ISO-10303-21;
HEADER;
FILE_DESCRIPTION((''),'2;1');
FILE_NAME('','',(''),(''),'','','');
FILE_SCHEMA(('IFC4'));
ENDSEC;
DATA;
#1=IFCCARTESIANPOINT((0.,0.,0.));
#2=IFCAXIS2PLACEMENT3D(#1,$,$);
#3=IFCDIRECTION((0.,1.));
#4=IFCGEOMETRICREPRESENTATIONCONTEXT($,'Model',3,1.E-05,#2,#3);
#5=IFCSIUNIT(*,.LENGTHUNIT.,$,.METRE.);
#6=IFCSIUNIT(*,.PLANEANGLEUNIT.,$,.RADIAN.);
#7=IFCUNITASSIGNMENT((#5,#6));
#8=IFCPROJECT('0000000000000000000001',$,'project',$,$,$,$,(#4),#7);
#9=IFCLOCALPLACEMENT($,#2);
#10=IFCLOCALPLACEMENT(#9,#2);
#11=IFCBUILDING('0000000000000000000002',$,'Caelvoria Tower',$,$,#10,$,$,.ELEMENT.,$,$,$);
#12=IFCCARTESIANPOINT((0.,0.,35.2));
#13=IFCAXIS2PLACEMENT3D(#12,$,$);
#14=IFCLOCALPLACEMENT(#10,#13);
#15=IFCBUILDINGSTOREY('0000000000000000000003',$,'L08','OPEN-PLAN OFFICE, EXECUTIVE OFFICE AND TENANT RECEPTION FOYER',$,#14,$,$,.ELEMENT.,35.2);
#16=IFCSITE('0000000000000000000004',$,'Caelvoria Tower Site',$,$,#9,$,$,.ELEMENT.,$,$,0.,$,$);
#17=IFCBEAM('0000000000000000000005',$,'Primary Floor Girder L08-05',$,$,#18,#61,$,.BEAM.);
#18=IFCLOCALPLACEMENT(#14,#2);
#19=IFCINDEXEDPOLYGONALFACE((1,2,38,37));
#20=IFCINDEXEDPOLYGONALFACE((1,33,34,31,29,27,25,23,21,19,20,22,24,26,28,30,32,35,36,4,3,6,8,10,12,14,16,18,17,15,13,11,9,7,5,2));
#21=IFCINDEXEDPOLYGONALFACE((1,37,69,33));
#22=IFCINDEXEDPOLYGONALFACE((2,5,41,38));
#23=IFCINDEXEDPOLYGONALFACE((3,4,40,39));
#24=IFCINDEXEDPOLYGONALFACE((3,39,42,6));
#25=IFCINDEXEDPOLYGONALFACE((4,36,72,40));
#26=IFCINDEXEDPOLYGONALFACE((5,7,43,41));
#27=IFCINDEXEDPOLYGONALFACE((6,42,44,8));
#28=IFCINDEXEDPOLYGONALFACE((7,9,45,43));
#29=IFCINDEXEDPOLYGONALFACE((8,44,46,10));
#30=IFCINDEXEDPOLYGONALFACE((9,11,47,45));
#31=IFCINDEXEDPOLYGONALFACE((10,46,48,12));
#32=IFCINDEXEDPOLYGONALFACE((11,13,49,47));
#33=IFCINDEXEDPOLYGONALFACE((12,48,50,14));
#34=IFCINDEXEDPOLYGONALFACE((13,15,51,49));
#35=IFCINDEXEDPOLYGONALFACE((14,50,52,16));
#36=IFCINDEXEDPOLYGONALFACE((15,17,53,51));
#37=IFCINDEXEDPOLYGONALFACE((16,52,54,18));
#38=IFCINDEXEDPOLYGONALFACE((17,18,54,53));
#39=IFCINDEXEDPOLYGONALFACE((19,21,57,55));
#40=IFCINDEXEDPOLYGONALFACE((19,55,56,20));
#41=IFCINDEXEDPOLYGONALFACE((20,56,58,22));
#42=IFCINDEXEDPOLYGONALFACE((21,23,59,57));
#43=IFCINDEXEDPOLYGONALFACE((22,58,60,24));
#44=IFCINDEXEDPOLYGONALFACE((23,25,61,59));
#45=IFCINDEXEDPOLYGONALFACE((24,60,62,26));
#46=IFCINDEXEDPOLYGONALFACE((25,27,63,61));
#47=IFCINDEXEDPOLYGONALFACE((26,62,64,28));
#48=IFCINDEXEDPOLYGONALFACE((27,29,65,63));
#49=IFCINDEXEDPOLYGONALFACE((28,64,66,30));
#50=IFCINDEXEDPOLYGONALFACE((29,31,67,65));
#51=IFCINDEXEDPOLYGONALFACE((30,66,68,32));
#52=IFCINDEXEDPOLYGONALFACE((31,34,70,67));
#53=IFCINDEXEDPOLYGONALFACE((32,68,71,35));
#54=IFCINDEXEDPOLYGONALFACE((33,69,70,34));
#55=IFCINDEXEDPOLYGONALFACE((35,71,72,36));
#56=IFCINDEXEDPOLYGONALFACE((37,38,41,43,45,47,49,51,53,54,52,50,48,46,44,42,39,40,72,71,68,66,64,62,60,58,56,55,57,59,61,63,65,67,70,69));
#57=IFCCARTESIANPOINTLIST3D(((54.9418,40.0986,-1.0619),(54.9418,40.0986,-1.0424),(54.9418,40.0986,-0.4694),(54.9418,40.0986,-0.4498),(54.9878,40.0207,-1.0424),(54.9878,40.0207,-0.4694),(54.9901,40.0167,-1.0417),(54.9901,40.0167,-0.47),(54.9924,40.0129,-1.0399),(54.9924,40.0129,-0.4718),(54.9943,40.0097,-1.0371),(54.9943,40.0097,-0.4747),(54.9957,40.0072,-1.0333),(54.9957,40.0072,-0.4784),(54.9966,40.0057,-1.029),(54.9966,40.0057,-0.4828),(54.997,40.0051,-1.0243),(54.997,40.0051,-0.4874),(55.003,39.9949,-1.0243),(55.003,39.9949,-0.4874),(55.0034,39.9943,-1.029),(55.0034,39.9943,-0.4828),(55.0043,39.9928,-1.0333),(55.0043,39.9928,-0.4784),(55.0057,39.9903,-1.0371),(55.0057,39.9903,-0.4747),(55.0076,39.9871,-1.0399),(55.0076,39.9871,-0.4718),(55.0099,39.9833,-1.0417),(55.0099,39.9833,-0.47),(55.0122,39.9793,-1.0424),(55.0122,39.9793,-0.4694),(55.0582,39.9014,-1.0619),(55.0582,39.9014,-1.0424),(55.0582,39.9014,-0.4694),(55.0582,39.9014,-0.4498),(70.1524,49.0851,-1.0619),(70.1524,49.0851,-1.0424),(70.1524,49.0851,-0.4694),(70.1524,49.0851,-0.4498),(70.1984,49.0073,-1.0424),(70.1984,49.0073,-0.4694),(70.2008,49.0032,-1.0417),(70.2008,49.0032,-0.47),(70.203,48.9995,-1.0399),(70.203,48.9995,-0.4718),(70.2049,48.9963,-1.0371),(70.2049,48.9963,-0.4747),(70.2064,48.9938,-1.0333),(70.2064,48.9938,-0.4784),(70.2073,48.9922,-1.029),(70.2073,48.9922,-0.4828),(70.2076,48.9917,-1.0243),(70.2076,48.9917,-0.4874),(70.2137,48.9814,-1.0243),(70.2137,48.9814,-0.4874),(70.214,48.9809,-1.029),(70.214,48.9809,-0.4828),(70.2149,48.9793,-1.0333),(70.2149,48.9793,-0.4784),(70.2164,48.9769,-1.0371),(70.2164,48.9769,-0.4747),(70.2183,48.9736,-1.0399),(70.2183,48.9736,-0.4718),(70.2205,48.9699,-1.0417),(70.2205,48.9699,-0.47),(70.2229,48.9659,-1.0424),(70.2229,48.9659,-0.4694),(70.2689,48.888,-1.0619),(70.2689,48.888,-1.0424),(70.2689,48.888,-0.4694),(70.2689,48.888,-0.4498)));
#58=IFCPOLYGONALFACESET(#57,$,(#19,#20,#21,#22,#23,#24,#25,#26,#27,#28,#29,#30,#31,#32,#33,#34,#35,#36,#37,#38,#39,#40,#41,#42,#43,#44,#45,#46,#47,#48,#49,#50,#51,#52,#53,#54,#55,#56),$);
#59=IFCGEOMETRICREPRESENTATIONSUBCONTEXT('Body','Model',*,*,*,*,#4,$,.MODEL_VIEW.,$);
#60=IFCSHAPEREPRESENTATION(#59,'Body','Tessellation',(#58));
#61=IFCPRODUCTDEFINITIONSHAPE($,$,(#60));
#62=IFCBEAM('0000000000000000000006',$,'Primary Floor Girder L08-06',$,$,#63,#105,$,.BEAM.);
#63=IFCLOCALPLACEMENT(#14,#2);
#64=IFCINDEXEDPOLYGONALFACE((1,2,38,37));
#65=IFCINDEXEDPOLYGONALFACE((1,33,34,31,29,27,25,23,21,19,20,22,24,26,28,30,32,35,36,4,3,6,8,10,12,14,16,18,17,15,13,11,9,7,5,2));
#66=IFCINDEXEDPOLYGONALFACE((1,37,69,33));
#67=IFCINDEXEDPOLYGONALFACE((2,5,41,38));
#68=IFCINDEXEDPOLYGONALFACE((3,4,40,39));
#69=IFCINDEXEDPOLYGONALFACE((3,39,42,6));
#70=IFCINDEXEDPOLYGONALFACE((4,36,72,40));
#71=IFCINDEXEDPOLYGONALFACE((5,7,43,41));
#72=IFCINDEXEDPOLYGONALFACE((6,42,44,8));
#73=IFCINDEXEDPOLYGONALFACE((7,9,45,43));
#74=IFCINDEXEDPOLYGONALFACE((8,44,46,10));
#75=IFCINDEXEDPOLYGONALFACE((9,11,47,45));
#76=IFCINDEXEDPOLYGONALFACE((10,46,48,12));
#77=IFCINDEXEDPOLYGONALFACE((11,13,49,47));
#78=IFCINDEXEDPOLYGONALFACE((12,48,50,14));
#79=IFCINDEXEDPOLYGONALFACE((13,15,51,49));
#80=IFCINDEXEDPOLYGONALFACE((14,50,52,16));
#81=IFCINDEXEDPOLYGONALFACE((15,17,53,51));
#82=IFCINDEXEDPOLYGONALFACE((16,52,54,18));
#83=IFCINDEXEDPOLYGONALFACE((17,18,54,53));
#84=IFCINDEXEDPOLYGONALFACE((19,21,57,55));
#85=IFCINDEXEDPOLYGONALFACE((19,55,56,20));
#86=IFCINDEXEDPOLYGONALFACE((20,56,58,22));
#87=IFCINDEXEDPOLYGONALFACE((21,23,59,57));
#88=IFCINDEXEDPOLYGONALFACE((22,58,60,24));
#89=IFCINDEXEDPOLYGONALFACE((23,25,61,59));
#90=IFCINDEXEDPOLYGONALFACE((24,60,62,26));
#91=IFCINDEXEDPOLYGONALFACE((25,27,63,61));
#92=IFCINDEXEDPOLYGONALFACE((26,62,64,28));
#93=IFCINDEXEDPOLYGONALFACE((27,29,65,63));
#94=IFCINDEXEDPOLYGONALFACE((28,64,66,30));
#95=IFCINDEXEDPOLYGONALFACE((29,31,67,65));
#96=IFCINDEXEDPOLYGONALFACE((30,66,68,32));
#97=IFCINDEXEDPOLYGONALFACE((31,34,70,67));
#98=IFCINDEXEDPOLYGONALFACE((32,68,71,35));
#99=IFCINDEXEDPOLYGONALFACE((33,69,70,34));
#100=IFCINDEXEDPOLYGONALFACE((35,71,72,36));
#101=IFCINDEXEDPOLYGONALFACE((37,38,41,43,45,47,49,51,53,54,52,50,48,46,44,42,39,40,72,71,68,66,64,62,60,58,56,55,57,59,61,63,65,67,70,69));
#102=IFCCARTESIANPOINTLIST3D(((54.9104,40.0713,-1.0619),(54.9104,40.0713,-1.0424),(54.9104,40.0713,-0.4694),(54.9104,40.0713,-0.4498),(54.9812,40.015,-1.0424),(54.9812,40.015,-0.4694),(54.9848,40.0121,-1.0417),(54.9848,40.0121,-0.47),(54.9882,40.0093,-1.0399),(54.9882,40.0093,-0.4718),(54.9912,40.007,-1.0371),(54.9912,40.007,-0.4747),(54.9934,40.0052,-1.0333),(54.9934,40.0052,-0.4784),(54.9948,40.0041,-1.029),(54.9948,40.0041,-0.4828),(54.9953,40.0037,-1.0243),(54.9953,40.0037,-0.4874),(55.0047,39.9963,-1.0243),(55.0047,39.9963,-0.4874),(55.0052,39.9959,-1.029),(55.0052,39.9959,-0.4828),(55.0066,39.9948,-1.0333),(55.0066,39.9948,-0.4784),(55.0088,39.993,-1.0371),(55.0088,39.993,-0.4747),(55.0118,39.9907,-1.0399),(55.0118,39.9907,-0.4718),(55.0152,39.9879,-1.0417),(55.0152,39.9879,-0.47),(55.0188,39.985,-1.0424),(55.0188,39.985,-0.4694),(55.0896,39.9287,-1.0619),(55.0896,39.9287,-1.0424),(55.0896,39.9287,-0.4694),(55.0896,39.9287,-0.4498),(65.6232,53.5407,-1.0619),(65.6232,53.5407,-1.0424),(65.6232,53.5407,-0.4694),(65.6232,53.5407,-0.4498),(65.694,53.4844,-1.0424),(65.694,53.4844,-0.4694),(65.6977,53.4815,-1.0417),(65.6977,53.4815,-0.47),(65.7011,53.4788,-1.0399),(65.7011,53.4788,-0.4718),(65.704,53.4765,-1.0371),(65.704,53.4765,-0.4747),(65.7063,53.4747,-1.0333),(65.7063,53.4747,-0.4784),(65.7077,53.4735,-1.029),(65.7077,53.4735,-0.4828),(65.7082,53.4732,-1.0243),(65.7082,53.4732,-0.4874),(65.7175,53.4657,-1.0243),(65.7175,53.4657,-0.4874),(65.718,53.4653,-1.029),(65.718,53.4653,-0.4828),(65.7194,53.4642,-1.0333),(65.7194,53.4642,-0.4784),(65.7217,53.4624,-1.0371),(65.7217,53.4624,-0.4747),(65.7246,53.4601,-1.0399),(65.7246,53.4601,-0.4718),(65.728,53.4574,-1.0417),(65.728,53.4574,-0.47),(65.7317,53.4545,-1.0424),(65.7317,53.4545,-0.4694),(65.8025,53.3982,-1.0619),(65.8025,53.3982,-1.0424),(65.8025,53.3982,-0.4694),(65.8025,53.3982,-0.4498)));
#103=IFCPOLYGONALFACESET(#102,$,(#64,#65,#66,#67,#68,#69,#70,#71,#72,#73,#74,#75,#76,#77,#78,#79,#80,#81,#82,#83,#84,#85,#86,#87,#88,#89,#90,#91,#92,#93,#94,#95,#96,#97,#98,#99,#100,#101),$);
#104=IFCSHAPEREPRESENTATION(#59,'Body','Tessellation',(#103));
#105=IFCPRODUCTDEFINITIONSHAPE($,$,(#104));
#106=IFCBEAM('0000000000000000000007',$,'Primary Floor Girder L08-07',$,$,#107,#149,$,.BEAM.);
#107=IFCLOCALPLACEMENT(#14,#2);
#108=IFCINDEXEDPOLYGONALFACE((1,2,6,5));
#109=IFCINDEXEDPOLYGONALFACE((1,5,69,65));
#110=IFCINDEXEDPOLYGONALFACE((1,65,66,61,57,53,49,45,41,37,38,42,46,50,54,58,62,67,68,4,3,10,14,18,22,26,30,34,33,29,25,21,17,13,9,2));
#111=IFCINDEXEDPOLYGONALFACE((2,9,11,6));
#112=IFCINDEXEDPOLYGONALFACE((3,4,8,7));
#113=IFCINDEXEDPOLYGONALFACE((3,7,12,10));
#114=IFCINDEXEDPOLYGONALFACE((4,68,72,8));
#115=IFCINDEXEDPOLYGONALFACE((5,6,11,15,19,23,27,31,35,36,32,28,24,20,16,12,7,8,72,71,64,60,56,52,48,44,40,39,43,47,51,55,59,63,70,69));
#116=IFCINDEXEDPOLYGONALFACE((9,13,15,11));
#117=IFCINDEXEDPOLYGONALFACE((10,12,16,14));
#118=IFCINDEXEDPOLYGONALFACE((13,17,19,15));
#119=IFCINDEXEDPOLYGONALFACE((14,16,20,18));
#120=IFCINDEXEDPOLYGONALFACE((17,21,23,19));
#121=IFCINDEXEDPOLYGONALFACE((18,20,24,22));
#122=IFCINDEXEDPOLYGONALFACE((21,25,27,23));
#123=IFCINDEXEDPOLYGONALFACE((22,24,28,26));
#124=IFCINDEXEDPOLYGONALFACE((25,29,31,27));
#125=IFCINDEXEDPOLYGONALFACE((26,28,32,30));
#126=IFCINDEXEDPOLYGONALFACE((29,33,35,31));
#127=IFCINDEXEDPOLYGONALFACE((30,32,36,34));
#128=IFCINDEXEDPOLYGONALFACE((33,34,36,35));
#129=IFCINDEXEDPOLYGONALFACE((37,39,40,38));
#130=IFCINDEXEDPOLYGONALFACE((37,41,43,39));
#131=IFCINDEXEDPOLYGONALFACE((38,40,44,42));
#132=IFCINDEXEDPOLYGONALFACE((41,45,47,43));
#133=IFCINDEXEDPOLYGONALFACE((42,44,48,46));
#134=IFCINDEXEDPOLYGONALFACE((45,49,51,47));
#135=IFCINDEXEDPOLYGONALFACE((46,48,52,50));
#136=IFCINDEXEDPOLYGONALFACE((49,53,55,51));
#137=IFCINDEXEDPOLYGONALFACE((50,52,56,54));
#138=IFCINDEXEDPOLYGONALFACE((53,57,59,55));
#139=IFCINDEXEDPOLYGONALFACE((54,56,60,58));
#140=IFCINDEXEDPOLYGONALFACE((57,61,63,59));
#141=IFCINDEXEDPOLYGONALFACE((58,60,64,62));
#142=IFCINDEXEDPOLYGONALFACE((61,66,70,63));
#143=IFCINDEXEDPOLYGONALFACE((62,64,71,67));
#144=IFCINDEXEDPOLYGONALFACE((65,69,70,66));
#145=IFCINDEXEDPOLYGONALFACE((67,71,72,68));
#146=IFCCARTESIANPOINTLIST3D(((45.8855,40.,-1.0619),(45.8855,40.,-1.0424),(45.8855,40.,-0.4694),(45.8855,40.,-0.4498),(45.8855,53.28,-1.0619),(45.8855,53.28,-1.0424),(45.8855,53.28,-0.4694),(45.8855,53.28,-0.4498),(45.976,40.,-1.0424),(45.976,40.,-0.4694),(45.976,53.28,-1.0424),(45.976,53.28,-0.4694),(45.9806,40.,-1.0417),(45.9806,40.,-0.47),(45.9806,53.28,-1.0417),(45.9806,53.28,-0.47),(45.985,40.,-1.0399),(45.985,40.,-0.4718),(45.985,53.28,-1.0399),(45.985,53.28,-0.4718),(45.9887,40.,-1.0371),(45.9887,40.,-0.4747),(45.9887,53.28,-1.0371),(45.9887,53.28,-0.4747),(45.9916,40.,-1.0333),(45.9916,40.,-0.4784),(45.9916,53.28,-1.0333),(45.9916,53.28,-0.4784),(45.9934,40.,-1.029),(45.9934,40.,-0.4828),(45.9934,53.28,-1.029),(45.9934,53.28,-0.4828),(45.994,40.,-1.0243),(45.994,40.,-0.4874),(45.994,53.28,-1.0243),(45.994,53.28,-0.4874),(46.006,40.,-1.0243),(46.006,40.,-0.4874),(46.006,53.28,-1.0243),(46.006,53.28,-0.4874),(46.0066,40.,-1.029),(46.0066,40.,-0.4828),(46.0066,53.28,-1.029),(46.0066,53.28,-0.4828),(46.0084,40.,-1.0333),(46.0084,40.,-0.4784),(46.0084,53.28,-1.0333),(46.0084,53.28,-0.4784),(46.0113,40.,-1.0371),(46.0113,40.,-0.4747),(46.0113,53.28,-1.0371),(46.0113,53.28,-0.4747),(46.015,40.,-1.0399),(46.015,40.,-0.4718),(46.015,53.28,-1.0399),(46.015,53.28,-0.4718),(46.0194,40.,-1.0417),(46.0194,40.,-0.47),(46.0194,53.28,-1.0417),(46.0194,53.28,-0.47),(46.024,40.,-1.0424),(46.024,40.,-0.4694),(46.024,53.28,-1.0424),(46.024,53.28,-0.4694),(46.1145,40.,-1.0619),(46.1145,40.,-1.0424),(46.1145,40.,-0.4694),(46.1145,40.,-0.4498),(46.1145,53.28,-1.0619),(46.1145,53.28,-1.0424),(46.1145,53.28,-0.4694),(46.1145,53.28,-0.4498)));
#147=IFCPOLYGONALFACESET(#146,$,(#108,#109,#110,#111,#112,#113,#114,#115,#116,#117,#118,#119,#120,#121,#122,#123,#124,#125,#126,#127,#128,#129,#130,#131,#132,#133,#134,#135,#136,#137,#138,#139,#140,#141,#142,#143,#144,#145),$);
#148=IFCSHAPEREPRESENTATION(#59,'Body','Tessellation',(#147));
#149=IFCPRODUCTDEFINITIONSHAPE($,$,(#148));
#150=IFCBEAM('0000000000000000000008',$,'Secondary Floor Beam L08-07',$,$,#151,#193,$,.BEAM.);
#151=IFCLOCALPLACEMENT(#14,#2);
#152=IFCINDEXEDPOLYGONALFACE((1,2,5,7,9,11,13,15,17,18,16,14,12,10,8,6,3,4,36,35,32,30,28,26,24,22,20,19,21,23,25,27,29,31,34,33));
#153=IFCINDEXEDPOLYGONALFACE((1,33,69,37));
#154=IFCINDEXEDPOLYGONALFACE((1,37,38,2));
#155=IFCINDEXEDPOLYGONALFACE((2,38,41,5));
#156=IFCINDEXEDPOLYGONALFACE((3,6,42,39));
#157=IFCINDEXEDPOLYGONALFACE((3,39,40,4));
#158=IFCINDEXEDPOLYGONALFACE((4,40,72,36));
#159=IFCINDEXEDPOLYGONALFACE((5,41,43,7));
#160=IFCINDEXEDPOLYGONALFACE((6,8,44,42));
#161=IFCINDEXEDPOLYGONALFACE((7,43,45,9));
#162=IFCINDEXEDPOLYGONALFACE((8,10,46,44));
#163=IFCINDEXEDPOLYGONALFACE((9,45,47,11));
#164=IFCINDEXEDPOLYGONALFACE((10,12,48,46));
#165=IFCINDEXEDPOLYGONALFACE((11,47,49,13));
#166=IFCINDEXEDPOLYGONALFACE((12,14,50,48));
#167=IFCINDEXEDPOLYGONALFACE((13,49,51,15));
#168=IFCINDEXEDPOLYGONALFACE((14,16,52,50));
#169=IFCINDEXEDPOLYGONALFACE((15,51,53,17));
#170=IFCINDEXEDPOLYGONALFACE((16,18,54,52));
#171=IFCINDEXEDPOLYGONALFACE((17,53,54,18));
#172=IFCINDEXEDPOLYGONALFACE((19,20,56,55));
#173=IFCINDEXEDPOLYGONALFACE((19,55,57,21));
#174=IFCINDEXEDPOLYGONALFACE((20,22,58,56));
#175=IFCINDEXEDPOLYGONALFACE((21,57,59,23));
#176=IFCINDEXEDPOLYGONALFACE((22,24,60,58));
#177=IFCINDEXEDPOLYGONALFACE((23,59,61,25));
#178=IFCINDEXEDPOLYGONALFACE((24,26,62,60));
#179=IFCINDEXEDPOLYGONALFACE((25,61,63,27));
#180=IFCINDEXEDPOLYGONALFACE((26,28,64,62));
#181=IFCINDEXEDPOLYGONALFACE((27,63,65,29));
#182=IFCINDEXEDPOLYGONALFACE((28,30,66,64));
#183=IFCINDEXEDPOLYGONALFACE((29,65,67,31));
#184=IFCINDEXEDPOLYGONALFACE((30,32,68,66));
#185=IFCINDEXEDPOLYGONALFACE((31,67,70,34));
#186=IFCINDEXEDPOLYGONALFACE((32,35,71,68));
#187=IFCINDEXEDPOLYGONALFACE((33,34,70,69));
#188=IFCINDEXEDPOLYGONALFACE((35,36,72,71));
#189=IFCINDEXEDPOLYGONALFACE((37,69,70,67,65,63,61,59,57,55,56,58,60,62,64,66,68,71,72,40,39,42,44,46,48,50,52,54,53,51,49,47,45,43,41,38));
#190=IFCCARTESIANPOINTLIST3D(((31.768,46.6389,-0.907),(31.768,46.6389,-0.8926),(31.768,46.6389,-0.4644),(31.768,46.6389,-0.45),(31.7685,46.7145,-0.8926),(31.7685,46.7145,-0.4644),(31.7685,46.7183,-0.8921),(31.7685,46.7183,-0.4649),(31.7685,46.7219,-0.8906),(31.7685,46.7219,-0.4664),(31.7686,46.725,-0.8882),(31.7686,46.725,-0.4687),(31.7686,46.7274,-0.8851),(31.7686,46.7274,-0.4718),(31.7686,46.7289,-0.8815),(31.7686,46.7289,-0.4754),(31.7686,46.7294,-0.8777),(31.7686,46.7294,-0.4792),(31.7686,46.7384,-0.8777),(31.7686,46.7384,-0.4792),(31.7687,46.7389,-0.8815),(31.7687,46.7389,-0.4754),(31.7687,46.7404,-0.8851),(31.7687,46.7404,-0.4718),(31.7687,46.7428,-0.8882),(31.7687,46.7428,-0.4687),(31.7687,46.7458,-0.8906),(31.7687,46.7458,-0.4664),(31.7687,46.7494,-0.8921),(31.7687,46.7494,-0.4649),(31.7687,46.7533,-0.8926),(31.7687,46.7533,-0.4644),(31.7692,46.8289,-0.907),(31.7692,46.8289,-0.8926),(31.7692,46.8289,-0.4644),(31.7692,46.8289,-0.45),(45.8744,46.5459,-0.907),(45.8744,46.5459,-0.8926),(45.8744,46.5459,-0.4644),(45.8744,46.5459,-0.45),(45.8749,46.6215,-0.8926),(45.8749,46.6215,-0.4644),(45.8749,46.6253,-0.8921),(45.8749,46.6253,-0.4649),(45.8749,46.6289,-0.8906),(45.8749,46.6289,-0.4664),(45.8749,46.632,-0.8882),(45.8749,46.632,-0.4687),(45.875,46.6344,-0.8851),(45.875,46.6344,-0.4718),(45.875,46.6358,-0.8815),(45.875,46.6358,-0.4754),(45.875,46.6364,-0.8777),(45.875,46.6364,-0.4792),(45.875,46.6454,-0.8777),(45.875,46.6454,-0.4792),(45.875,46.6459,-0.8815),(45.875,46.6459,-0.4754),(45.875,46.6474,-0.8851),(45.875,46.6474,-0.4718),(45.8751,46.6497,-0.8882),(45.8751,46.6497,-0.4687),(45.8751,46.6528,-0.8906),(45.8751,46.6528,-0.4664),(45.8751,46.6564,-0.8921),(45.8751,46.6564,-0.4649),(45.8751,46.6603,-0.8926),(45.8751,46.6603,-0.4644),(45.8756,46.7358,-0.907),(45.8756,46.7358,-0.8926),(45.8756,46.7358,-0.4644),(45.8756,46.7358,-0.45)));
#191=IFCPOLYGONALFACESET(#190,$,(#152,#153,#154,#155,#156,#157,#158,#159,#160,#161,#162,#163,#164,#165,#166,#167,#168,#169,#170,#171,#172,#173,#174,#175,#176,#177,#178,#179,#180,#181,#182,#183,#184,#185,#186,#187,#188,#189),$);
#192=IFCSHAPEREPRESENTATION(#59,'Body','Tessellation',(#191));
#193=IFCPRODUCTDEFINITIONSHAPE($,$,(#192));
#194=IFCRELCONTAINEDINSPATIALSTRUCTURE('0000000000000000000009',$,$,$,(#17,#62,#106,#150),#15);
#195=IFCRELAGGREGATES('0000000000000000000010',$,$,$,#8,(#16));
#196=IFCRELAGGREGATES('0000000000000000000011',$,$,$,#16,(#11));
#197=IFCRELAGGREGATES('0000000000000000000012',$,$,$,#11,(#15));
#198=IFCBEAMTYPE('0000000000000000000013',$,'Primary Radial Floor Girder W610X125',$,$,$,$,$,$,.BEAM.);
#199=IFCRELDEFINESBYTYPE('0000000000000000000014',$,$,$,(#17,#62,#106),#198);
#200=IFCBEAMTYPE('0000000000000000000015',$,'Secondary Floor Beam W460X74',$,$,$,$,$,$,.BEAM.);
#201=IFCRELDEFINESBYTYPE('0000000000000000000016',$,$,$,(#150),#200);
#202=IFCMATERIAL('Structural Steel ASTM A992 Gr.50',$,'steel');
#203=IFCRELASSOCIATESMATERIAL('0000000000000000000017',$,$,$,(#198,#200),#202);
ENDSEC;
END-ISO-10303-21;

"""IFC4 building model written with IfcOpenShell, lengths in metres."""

from ifc_helpers import new_model, si_unit, direction, frame, origin, origin_2d, place, context, subcontext, project, spatial, i_section, extrude, material, material_profile, profile_set, type_object, element, save


model = new_model("IFC4")

# Units and contexts
model_context = context("Model", 3, precision=1e-05, world=origin(), true_north=direction((0.0, 1.0)))
body_context = subcontext(model_context, "Body", "Model", "MODEL_VIEW")
ifc_project = project(units=[si_unit("LENGTHUNIT", "METRE"), si_unit("PLANEANGLEUNIT", "RADIAN")], contexts=[model_context])

# Site, building, storey
site_placement = place(None, origin())
site = spatial("IfcSite", under=ifc_project, at=site_placement, Name="Caelvoria Tower Site", CompositionType="ELEMENT", RefElevation=0.0)
building_placement = place(site_placement, origin())
building = spatial("IfcBuilding", under=site, at=building_placement, Name="Caelvoria Tower", CompositionType="ELEMENT")
storey_placement = place(building_placement, frame((0.0, 0.0, 35.2)))
storey = spatial("IfcBuildingStorey", under=building, at=storey_placement, Name="L08", Description="OPEN-PLAN OFFICE, EXECUTIVE OFFICE AND TENANT RECEPTION FOYER", CompositionType="ELEMENT", Elevation=35.2)

# Beams
ifc_material_1 = material(Name="Structural Steel ASTM A992 Gr.50", Category="steel")
ifc_material_profile_1 = material_profile(ifc_material_1, i_section(OverallWidth=0.229, OverallDepth=0.6121, WebThickness=0.012, FlangeThickness=0.0195, FilletRadius=0.0181, at=origin_2d()), Name="Structural Steel ASTM A992 Gr.50")
ifc_profile_set_1 = profile_set([ifc_material_profile_1], Name="W610X125 - Structural Steel ASTM A992 Gr.50")
beam_type_1 = type_object("IfcBeamType", Name="Primary Radial Floor Girder W610X125", PredefinedType="BEAM", material=ifc_profile_set_1)
beam_1_placement = place(storey_placement, frame((55.0, 40.0, -0.7559), z_axis=(0.860965, 0.508664, 0.0), x_axis=(-0.508664, 0.860965, 0.0)))
element("IfcBeam", 1, at=beam_1_placement, inside=storey, type_object=beam_type_1, Name="Primary Floor Girder L08-05", PredefinedType="BEAM", context=body_context, shape_type="SweptSolid", body=[
    extrude(i_section(OverallWidth=0.229, OverallDepth=0.6121, WebThickness=0.012, FlangeThickness=0.0195, FilletRadius=0.0181, at=origin_2d()), origin(), (0.0, 0.0, 1.0), 17.667),
])
beam_2_placement = place(storey_placement, frame((55.0, 40.0, -0.7559), z_axis=(0.622471, 0.782643, 0.0), x_axis=(-0.782643, 0.622471, 0.0)))
element("IfcBeam", 2, at=beam_2_placement, inside=storey, type_object=beam_type_1, Name="Primary Floor Girder L08-06", PredefinedType="BEAM", context=body_context, shape_type="SweptSolid", body=[
    extrude(i_section(OverallWidth=0.229, OverallDepth=0.6121, WebThickness=0.012, FlangeThickness=0.0195, FilletRadius=0.0181, at=origin_2d()), origin(), (0.0, 0.0, 1.0), 17.2102),
])
beam_3_placement = place(storey_placement, frame((46.0, 40.0, -0.7559), z_axis=(0.0, 1.0, 0.0), x_axis=(-1.0, 0.0, 0.0)))
element("IfcBeam", 3, at=beam_3_placement, inside=storey, type_object=beam_type_1, Name="Primary Floor Girder L08-07", PredefinedType="BEAM", context=body_context, shape_type="SweptSolid", body=[
    extrude(i_section(OverallWidth=0.229, OverallDepth=0.6121, WebThickness=0.012, FlangeThickness=0.0195, FilletRadius=0.0181, at=origin_2d()), origin(), (0.0, 0.0, 1.0), 13.28),
])
ifc_material_profile_2 = material_profile(ifc_material_1, i_section(OverallWidth=0.1899, OverallDepth=0.457, WebThickness=0.009, FlangeThickness=0.0144, FilletRadius=0.0149, at=origin_2d()), Name="Structural Steel ASTM A992 Gr.50")
ifc_profile_set_2 = profile_set([ifc_material_profile_2], Name="W460X74 - Structural Steel ASTM A992 Gr.50")
beam_type_2 = type_object("IfcBeamType", Name="Secondary Floor Beam W460X74", PredefinedType="BEAM", material=ifc_profile_set_2)
beam_4_placement = place(storey_placement, frame((45.875, 46.6409, -0.6785), z_axis=(-0.999978, 0.006594, 0.0), x_axis=(-0.006594, -0.999978, 0.0)))
element("IfcBeam", 4, at=beam_4_placement, inside=storey, type_object=beam_type_2, Name="Secondary Floor Beam L08-07", PredefinedType="BEAM", context=body_context, shape_type="SweptSolid", body=[
    extrude(i_section(OverallWidth=0.1899, OverallDepth=0.457, WebThickness=0.009, FlangeThickness=0.0144, FilletRadius=0.0149, at=origin_2d()), origin(), (0.0, 0.0, 1.0), 14.1067),
])

save(model, "model.ifc")
